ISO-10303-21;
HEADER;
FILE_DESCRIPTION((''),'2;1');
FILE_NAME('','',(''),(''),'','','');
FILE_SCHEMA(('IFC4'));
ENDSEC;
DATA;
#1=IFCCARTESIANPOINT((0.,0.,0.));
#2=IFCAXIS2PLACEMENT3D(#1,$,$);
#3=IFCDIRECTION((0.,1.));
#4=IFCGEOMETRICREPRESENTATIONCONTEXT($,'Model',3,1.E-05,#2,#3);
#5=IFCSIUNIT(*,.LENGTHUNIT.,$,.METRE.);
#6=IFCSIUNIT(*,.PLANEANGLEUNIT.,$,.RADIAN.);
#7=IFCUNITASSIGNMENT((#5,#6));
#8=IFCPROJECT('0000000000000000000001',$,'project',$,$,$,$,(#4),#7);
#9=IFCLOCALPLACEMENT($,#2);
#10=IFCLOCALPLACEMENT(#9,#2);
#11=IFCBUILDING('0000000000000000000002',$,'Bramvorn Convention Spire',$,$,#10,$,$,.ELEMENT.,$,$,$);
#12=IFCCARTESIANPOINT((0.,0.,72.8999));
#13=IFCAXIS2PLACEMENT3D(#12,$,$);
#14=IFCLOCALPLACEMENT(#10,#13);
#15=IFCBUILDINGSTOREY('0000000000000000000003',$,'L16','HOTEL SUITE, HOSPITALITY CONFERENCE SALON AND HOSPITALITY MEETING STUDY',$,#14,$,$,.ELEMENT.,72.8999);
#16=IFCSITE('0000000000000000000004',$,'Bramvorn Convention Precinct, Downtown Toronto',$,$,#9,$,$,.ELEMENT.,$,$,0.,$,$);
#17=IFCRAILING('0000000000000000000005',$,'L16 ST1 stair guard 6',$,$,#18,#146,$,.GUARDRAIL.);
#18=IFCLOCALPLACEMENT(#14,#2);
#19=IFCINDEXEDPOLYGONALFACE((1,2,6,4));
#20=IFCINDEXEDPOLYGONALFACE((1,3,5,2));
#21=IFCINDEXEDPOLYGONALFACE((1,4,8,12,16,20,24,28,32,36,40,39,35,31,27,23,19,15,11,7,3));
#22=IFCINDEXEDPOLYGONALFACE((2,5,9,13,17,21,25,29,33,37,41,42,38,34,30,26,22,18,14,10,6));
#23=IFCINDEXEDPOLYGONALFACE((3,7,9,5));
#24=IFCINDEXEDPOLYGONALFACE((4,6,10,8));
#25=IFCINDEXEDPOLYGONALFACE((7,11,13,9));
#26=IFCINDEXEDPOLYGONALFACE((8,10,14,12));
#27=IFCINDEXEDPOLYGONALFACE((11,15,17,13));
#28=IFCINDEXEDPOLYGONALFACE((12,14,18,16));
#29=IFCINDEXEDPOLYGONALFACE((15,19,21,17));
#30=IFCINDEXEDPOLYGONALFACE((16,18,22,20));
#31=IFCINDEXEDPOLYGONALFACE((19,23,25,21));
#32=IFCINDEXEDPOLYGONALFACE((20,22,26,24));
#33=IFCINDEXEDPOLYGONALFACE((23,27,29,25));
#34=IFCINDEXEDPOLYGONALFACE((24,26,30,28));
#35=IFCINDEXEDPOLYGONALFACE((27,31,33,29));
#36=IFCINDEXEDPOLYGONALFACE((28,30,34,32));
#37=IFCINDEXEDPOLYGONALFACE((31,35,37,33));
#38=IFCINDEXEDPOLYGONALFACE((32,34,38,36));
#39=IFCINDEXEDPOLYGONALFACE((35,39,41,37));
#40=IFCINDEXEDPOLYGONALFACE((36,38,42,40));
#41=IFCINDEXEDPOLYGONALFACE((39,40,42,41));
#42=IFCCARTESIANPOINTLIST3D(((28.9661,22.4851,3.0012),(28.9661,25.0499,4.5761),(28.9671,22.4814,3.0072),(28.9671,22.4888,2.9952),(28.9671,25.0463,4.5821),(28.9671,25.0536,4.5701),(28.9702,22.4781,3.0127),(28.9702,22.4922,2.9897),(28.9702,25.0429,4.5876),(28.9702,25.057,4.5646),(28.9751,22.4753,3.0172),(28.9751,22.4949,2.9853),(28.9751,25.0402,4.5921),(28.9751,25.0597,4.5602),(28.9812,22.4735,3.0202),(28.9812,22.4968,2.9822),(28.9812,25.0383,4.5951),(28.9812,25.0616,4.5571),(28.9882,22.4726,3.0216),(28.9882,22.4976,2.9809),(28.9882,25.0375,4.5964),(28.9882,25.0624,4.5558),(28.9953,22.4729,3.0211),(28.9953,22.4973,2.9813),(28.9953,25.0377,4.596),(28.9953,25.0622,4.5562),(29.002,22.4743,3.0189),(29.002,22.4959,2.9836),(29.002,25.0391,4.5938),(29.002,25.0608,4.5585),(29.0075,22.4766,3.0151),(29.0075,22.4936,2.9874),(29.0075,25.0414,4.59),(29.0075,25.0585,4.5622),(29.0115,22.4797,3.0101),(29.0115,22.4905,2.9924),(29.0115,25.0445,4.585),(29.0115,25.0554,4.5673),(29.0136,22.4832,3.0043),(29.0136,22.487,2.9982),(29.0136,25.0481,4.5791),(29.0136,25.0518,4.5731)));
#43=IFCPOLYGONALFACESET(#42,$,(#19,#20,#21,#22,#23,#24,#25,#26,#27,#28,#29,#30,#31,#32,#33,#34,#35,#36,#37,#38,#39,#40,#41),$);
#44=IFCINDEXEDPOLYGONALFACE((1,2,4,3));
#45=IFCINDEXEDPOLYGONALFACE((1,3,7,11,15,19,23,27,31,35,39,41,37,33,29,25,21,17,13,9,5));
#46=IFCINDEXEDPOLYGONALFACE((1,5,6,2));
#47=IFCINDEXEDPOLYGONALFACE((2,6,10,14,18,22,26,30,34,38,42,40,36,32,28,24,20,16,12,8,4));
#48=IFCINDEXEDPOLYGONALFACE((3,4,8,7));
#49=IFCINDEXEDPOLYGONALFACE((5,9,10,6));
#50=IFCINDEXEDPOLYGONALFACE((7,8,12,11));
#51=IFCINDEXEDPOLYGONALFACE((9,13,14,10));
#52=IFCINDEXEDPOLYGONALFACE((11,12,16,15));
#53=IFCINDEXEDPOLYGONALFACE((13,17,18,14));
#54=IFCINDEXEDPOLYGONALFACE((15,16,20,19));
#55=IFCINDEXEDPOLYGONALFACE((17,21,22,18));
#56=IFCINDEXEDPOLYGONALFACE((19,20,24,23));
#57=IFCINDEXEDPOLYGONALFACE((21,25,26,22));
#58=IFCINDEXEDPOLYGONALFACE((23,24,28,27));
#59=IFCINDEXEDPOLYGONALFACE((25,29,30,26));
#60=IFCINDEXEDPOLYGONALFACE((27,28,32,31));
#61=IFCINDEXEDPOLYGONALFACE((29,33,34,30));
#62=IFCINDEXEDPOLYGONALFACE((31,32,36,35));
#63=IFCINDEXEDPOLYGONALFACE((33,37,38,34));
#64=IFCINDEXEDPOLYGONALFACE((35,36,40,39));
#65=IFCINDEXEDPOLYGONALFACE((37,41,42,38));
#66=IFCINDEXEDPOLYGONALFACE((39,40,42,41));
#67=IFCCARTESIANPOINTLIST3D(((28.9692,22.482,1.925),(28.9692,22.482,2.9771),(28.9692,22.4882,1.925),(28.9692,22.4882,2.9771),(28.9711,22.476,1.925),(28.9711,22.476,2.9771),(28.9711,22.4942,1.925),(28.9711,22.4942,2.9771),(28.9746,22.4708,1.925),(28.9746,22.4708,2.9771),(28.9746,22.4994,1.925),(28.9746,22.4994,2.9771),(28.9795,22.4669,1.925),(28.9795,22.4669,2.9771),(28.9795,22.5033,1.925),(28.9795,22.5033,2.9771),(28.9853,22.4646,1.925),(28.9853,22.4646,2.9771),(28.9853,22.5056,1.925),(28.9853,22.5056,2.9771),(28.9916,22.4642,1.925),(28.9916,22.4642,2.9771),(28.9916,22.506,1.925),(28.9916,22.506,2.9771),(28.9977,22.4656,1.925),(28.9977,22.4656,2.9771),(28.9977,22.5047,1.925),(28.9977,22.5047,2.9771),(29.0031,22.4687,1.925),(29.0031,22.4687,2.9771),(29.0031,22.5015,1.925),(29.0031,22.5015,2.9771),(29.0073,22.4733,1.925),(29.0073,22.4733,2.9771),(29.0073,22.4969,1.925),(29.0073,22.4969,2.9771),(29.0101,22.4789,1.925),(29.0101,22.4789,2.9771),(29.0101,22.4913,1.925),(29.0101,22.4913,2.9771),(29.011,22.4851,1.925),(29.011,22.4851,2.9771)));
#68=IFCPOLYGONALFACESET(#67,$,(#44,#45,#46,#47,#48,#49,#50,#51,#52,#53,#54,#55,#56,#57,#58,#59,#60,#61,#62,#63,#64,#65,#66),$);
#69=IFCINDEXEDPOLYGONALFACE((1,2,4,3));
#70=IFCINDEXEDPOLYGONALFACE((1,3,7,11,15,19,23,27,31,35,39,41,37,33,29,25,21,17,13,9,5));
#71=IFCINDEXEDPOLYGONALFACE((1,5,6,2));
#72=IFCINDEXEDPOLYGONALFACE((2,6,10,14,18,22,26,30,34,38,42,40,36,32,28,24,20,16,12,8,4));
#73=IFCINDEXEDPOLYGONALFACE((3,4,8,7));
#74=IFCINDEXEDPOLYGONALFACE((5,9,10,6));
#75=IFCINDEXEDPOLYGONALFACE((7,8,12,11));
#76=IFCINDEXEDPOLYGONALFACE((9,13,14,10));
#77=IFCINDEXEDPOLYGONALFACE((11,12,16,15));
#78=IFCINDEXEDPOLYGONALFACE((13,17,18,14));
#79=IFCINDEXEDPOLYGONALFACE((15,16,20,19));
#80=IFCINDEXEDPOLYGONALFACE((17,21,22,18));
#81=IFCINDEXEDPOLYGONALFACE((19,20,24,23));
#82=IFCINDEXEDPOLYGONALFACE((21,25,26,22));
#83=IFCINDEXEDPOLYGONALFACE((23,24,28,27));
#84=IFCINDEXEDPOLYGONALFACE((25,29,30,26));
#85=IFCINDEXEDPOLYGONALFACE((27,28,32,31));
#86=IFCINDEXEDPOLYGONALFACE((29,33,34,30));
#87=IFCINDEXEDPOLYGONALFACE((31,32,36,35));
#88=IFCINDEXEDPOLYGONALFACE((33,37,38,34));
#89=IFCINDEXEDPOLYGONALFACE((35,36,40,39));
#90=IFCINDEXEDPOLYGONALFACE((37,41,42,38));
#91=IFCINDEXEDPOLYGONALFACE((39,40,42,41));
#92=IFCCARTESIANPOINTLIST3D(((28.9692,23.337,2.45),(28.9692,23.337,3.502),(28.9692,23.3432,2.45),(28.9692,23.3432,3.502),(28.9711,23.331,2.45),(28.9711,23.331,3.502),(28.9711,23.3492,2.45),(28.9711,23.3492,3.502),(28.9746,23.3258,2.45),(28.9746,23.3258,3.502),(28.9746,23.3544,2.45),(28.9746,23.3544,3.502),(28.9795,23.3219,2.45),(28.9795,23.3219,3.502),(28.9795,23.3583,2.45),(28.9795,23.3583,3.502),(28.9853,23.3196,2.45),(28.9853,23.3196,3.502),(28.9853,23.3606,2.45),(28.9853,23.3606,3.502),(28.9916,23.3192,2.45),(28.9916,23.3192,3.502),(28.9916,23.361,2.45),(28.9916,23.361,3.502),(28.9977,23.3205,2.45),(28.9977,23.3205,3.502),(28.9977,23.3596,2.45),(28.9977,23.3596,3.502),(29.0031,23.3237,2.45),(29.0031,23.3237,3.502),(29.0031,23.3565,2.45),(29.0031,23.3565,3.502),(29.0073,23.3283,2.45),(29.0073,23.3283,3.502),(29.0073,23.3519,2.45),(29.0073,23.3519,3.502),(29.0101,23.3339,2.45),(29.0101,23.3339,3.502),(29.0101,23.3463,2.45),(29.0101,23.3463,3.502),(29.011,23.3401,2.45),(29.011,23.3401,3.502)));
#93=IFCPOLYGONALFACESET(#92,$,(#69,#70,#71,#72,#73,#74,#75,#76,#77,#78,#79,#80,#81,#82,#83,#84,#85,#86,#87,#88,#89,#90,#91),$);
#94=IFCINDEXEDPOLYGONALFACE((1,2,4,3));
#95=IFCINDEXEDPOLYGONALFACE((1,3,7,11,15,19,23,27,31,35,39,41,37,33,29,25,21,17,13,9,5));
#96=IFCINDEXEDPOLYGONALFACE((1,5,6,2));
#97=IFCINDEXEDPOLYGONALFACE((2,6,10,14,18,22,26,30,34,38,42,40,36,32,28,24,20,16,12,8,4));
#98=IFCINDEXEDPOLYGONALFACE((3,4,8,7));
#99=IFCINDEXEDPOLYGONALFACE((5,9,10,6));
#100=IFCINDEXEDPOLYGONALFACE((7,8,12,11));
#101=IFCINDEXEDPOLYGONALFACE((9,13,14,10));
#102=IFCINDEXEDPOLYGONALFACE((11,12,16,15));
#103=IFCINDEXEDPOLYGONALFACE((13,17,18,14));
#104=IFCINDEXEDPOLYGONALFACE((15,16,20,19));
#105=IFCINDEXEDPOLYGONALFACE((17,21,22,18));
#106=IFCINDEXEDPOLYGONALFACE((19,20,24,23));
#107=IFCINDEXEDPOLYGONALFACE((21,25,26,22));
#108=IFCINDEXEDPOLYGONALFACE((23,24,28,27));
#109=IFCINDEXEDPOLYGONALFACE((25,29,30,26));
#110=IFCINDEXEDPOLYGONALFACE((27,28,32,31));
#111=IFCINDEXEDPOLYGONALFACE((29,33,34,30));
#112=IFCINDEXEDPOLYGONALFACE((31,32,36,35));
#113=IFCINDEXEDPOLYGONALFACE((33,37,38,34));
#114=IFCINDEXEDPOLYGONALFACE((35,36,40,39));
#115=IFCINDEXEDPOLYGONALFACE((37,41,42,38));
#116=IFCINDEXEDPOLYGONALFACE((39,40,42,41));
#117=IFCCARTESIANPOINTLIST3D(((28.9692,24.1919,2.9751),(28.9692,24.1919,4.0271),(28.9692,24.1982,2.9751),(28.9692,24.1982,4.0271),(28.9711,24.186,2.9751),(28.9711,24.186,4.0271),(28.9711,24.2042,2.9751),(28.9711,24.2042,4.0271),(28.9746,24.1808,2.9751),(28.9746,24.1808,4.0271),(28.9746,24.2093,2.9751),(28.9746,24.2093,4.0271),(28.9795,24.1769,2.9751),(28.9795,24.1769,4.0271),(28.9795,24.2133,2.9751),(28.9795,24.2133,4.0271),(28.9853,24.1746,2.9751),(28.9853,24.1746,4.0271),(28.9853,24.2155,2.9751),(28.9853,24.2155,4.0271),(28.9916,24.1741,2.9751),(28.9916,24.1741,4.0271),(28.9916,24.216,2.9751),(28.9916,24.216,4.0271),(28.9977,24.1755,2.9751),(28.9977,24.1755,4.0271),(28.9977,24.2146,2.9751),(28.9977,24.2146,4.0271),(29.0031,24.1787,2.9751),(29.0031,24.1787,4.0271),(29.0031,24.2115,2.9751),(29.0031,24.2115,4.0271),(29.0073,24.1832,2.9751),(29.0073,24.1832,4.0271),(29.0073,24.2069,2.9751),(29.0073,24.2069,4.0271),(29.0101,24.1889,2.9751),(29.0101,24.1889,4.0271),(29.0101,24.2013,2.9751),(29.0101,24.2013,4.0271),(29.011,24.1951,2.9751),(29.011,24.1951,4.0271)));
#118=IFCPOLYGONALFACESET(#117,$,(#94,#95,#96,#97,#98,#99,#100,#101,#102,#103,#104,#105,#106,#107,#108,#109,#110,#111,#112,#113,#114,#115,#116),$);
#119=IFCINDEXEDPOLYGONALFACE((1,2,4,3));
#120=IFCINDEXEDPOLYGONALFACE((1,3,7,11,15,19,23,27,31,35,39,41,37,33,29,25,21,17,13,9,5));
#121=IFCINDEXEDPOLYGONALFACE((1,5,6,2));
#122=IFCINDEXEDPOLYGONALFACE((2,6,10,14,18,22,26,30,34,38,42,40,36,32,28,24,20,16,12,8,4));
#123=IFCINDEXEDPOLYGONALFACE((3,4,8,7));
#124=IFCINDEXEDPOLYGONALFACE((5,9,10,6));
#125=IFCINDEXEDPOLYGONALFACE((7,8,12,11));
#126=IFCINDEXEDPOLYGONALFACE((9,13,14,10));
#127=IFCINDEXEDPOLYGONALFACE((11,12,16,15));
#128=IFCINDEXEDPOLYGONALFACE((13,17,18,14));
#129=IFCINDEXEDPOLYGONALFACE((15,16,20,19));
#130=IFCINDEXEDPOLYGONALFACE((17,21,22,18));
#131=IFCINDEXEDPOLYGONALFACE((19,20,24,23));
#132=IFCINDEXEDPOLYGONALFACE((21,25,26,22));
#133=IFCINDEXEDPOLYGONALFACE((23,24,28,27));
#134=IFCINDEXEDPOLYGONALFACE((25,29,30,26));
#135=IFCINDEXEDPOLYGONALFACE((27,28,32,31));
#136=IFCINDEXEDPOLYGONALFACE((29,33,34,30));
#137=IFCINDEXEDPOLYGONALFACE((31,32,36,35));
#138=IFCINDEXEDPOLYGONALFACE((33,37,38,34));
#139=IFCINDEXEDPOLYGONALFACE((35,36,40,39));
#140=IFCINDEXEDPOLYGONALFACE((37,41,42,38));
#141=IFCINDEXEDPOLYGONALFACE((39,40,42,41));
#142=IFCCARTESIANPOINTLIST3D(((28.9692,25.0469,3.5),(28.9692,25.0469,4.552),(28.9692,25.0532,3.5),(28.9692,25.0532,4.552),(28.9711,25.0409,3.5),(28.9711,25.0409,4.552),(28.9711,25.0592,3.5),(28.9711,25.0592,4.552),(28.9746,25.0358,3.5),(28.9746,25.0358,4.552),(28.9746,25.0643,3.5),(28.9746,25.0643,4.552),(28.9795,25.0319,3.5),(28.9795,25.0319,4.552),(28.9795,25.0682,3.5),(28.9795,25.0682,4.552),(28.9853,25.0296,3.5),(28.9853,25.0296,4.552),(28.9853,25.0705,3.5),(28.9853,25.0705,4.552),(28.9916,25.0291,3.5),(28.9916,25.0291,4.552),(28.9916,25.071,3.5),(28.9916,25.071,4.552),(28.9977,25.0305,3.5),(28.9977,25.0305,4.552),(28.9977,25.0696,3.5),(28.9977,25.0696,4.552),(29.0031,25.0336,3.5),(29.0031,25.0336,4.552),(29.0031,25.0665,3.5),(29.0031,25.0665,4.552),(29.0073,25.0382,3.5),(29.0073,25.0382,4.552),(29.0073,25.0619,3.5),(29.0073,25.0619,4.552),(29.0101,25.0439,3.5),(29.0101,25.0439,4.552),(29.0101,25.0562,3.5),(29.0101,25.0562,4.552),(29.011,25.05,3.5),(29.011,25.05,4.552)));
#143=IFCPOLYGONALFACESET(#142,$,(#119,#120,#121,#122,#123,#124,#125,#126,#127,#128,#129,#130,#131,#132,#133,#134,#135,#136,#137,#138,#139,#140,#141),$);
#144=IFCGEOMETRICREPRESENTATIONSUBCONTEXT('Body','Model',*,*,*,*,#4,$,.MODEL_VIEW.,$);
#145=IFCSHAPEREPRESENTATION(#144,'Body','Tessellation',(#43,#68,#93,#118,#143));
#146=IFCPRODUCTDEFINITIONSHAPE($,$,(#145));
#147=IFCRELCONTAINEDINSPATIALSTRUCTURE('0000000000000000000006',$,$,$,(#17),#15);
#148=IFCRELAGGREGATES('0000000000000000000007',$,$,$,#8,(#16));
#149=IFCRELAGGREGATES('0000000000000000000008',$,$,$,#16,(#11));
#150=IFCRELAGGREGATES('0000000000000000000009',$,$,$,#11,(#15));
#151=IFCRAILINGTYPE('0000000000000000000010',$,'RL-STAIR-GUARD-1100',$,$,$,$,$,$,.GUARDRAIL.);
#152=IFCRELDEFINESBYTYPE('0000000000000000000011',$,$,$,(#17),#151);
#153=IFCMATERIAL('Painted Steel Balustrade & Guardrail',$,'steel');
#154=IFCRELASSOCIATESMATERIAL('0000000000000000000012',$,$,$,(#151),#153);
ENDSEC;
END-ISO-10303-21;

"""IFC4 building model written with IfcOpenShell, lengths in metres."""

from ifc_helpers import new_model, si_unit, direction, frame, origin, origin_2d, place, context, subcontext, project, spatial, circle, extrude, material, type_object, element, save


model = new_model("IFC4")

# Units and contexts
model_context = context("Model", 3, precision=1e-05, world=origin(), true_north=direction((0.0, 1.0)))
body_context = subcontext(model_context, "Body", "Model", "MODEL_VIEW")
ifc_project = project(units=[si_unit("LENGTHUNIT", "METRE"), si_unit("PLANEANGLEUNIT", "RADIAN")], contexts=[model_context])

# Site, building, storey
site_placement = place(None, origin())
site = spatial("IfcSite", under=ifc_project, at=site_placement, Name="Bramvorn Convention Precinct, Downtown Toronto", CompositionType="ELEMENT", RefElevation=0.0)
building_placement = place(site_placement, origin())
building = spatial("IfcBuilding", under=site, at=building_placement, Name="Bramvorn Convention Spire", CompositionType="ELEMENT")
storey_placement = place(building_placement, frame((0.0, 0.0, 72.8999)))
storey = spatial("IfcBuildingStorey", under=building, at=storey_placement, Name="L16", Description="HOTEL SUITE, HOSPITALITY CONFERENCE SALON AND HOSPITALITY MEETING STUDY", CompositionType="ELEMENT", Elevation=72.8999)

# Railing
ifc_material_1 = material(Name="Painted Steel Balustrade & Guardrail", Category="steel")
railing_type_1 = type_object("IfcRailingType", Name="RL-STAIR-GUARD-1100", PredefinedType="GUARDRAIL", material=ifc_material_1)
railing_1_placement = place(storey_placement, frame((28.99, 22.4851, 1.925)))
element("IfcRailing", 1, at=railing_1_placement, inside=storey, type_object=railing_type_1, Name="L16 ST1 stair guard 6", PredefinedType="GUARDRAIL", context=body_context, shape_type="SweptSolid", body=[
    extrude(circle(Radius=0.0239, at=origin_2d()), frame((0.0, 0.0, 1.0762), z_axis=(0.0, 0.852173, 0.52326), x_axis=(-1.0, 0.0, 0.0)), (0.0, 0.0, 1.0), 3.0098),
    extrude(circle(Radius=0.021, at=origin_2d()), origin(), (0.0, 0.0, 1.0), 1.052),
    extrude(circle(Radius=0.021, at=origin_2d()), frame((0.0, 0.855, 0.5249)), (0.0, 0.0, 1.0), 1.052),
    extrude(circle(Radius=0.021, at=origin_2d()), frame((0.0, 1.71, 1.05)), (0.0, 0.0, 1.0), 1.052),
    extrude(circle(Radius=0.021, at=origin_2d()), frame((0.0, 2.5649, 1.575)), (0.0, 0.0, 1.0), 1.052),
])

save(model, "model.ifc")
